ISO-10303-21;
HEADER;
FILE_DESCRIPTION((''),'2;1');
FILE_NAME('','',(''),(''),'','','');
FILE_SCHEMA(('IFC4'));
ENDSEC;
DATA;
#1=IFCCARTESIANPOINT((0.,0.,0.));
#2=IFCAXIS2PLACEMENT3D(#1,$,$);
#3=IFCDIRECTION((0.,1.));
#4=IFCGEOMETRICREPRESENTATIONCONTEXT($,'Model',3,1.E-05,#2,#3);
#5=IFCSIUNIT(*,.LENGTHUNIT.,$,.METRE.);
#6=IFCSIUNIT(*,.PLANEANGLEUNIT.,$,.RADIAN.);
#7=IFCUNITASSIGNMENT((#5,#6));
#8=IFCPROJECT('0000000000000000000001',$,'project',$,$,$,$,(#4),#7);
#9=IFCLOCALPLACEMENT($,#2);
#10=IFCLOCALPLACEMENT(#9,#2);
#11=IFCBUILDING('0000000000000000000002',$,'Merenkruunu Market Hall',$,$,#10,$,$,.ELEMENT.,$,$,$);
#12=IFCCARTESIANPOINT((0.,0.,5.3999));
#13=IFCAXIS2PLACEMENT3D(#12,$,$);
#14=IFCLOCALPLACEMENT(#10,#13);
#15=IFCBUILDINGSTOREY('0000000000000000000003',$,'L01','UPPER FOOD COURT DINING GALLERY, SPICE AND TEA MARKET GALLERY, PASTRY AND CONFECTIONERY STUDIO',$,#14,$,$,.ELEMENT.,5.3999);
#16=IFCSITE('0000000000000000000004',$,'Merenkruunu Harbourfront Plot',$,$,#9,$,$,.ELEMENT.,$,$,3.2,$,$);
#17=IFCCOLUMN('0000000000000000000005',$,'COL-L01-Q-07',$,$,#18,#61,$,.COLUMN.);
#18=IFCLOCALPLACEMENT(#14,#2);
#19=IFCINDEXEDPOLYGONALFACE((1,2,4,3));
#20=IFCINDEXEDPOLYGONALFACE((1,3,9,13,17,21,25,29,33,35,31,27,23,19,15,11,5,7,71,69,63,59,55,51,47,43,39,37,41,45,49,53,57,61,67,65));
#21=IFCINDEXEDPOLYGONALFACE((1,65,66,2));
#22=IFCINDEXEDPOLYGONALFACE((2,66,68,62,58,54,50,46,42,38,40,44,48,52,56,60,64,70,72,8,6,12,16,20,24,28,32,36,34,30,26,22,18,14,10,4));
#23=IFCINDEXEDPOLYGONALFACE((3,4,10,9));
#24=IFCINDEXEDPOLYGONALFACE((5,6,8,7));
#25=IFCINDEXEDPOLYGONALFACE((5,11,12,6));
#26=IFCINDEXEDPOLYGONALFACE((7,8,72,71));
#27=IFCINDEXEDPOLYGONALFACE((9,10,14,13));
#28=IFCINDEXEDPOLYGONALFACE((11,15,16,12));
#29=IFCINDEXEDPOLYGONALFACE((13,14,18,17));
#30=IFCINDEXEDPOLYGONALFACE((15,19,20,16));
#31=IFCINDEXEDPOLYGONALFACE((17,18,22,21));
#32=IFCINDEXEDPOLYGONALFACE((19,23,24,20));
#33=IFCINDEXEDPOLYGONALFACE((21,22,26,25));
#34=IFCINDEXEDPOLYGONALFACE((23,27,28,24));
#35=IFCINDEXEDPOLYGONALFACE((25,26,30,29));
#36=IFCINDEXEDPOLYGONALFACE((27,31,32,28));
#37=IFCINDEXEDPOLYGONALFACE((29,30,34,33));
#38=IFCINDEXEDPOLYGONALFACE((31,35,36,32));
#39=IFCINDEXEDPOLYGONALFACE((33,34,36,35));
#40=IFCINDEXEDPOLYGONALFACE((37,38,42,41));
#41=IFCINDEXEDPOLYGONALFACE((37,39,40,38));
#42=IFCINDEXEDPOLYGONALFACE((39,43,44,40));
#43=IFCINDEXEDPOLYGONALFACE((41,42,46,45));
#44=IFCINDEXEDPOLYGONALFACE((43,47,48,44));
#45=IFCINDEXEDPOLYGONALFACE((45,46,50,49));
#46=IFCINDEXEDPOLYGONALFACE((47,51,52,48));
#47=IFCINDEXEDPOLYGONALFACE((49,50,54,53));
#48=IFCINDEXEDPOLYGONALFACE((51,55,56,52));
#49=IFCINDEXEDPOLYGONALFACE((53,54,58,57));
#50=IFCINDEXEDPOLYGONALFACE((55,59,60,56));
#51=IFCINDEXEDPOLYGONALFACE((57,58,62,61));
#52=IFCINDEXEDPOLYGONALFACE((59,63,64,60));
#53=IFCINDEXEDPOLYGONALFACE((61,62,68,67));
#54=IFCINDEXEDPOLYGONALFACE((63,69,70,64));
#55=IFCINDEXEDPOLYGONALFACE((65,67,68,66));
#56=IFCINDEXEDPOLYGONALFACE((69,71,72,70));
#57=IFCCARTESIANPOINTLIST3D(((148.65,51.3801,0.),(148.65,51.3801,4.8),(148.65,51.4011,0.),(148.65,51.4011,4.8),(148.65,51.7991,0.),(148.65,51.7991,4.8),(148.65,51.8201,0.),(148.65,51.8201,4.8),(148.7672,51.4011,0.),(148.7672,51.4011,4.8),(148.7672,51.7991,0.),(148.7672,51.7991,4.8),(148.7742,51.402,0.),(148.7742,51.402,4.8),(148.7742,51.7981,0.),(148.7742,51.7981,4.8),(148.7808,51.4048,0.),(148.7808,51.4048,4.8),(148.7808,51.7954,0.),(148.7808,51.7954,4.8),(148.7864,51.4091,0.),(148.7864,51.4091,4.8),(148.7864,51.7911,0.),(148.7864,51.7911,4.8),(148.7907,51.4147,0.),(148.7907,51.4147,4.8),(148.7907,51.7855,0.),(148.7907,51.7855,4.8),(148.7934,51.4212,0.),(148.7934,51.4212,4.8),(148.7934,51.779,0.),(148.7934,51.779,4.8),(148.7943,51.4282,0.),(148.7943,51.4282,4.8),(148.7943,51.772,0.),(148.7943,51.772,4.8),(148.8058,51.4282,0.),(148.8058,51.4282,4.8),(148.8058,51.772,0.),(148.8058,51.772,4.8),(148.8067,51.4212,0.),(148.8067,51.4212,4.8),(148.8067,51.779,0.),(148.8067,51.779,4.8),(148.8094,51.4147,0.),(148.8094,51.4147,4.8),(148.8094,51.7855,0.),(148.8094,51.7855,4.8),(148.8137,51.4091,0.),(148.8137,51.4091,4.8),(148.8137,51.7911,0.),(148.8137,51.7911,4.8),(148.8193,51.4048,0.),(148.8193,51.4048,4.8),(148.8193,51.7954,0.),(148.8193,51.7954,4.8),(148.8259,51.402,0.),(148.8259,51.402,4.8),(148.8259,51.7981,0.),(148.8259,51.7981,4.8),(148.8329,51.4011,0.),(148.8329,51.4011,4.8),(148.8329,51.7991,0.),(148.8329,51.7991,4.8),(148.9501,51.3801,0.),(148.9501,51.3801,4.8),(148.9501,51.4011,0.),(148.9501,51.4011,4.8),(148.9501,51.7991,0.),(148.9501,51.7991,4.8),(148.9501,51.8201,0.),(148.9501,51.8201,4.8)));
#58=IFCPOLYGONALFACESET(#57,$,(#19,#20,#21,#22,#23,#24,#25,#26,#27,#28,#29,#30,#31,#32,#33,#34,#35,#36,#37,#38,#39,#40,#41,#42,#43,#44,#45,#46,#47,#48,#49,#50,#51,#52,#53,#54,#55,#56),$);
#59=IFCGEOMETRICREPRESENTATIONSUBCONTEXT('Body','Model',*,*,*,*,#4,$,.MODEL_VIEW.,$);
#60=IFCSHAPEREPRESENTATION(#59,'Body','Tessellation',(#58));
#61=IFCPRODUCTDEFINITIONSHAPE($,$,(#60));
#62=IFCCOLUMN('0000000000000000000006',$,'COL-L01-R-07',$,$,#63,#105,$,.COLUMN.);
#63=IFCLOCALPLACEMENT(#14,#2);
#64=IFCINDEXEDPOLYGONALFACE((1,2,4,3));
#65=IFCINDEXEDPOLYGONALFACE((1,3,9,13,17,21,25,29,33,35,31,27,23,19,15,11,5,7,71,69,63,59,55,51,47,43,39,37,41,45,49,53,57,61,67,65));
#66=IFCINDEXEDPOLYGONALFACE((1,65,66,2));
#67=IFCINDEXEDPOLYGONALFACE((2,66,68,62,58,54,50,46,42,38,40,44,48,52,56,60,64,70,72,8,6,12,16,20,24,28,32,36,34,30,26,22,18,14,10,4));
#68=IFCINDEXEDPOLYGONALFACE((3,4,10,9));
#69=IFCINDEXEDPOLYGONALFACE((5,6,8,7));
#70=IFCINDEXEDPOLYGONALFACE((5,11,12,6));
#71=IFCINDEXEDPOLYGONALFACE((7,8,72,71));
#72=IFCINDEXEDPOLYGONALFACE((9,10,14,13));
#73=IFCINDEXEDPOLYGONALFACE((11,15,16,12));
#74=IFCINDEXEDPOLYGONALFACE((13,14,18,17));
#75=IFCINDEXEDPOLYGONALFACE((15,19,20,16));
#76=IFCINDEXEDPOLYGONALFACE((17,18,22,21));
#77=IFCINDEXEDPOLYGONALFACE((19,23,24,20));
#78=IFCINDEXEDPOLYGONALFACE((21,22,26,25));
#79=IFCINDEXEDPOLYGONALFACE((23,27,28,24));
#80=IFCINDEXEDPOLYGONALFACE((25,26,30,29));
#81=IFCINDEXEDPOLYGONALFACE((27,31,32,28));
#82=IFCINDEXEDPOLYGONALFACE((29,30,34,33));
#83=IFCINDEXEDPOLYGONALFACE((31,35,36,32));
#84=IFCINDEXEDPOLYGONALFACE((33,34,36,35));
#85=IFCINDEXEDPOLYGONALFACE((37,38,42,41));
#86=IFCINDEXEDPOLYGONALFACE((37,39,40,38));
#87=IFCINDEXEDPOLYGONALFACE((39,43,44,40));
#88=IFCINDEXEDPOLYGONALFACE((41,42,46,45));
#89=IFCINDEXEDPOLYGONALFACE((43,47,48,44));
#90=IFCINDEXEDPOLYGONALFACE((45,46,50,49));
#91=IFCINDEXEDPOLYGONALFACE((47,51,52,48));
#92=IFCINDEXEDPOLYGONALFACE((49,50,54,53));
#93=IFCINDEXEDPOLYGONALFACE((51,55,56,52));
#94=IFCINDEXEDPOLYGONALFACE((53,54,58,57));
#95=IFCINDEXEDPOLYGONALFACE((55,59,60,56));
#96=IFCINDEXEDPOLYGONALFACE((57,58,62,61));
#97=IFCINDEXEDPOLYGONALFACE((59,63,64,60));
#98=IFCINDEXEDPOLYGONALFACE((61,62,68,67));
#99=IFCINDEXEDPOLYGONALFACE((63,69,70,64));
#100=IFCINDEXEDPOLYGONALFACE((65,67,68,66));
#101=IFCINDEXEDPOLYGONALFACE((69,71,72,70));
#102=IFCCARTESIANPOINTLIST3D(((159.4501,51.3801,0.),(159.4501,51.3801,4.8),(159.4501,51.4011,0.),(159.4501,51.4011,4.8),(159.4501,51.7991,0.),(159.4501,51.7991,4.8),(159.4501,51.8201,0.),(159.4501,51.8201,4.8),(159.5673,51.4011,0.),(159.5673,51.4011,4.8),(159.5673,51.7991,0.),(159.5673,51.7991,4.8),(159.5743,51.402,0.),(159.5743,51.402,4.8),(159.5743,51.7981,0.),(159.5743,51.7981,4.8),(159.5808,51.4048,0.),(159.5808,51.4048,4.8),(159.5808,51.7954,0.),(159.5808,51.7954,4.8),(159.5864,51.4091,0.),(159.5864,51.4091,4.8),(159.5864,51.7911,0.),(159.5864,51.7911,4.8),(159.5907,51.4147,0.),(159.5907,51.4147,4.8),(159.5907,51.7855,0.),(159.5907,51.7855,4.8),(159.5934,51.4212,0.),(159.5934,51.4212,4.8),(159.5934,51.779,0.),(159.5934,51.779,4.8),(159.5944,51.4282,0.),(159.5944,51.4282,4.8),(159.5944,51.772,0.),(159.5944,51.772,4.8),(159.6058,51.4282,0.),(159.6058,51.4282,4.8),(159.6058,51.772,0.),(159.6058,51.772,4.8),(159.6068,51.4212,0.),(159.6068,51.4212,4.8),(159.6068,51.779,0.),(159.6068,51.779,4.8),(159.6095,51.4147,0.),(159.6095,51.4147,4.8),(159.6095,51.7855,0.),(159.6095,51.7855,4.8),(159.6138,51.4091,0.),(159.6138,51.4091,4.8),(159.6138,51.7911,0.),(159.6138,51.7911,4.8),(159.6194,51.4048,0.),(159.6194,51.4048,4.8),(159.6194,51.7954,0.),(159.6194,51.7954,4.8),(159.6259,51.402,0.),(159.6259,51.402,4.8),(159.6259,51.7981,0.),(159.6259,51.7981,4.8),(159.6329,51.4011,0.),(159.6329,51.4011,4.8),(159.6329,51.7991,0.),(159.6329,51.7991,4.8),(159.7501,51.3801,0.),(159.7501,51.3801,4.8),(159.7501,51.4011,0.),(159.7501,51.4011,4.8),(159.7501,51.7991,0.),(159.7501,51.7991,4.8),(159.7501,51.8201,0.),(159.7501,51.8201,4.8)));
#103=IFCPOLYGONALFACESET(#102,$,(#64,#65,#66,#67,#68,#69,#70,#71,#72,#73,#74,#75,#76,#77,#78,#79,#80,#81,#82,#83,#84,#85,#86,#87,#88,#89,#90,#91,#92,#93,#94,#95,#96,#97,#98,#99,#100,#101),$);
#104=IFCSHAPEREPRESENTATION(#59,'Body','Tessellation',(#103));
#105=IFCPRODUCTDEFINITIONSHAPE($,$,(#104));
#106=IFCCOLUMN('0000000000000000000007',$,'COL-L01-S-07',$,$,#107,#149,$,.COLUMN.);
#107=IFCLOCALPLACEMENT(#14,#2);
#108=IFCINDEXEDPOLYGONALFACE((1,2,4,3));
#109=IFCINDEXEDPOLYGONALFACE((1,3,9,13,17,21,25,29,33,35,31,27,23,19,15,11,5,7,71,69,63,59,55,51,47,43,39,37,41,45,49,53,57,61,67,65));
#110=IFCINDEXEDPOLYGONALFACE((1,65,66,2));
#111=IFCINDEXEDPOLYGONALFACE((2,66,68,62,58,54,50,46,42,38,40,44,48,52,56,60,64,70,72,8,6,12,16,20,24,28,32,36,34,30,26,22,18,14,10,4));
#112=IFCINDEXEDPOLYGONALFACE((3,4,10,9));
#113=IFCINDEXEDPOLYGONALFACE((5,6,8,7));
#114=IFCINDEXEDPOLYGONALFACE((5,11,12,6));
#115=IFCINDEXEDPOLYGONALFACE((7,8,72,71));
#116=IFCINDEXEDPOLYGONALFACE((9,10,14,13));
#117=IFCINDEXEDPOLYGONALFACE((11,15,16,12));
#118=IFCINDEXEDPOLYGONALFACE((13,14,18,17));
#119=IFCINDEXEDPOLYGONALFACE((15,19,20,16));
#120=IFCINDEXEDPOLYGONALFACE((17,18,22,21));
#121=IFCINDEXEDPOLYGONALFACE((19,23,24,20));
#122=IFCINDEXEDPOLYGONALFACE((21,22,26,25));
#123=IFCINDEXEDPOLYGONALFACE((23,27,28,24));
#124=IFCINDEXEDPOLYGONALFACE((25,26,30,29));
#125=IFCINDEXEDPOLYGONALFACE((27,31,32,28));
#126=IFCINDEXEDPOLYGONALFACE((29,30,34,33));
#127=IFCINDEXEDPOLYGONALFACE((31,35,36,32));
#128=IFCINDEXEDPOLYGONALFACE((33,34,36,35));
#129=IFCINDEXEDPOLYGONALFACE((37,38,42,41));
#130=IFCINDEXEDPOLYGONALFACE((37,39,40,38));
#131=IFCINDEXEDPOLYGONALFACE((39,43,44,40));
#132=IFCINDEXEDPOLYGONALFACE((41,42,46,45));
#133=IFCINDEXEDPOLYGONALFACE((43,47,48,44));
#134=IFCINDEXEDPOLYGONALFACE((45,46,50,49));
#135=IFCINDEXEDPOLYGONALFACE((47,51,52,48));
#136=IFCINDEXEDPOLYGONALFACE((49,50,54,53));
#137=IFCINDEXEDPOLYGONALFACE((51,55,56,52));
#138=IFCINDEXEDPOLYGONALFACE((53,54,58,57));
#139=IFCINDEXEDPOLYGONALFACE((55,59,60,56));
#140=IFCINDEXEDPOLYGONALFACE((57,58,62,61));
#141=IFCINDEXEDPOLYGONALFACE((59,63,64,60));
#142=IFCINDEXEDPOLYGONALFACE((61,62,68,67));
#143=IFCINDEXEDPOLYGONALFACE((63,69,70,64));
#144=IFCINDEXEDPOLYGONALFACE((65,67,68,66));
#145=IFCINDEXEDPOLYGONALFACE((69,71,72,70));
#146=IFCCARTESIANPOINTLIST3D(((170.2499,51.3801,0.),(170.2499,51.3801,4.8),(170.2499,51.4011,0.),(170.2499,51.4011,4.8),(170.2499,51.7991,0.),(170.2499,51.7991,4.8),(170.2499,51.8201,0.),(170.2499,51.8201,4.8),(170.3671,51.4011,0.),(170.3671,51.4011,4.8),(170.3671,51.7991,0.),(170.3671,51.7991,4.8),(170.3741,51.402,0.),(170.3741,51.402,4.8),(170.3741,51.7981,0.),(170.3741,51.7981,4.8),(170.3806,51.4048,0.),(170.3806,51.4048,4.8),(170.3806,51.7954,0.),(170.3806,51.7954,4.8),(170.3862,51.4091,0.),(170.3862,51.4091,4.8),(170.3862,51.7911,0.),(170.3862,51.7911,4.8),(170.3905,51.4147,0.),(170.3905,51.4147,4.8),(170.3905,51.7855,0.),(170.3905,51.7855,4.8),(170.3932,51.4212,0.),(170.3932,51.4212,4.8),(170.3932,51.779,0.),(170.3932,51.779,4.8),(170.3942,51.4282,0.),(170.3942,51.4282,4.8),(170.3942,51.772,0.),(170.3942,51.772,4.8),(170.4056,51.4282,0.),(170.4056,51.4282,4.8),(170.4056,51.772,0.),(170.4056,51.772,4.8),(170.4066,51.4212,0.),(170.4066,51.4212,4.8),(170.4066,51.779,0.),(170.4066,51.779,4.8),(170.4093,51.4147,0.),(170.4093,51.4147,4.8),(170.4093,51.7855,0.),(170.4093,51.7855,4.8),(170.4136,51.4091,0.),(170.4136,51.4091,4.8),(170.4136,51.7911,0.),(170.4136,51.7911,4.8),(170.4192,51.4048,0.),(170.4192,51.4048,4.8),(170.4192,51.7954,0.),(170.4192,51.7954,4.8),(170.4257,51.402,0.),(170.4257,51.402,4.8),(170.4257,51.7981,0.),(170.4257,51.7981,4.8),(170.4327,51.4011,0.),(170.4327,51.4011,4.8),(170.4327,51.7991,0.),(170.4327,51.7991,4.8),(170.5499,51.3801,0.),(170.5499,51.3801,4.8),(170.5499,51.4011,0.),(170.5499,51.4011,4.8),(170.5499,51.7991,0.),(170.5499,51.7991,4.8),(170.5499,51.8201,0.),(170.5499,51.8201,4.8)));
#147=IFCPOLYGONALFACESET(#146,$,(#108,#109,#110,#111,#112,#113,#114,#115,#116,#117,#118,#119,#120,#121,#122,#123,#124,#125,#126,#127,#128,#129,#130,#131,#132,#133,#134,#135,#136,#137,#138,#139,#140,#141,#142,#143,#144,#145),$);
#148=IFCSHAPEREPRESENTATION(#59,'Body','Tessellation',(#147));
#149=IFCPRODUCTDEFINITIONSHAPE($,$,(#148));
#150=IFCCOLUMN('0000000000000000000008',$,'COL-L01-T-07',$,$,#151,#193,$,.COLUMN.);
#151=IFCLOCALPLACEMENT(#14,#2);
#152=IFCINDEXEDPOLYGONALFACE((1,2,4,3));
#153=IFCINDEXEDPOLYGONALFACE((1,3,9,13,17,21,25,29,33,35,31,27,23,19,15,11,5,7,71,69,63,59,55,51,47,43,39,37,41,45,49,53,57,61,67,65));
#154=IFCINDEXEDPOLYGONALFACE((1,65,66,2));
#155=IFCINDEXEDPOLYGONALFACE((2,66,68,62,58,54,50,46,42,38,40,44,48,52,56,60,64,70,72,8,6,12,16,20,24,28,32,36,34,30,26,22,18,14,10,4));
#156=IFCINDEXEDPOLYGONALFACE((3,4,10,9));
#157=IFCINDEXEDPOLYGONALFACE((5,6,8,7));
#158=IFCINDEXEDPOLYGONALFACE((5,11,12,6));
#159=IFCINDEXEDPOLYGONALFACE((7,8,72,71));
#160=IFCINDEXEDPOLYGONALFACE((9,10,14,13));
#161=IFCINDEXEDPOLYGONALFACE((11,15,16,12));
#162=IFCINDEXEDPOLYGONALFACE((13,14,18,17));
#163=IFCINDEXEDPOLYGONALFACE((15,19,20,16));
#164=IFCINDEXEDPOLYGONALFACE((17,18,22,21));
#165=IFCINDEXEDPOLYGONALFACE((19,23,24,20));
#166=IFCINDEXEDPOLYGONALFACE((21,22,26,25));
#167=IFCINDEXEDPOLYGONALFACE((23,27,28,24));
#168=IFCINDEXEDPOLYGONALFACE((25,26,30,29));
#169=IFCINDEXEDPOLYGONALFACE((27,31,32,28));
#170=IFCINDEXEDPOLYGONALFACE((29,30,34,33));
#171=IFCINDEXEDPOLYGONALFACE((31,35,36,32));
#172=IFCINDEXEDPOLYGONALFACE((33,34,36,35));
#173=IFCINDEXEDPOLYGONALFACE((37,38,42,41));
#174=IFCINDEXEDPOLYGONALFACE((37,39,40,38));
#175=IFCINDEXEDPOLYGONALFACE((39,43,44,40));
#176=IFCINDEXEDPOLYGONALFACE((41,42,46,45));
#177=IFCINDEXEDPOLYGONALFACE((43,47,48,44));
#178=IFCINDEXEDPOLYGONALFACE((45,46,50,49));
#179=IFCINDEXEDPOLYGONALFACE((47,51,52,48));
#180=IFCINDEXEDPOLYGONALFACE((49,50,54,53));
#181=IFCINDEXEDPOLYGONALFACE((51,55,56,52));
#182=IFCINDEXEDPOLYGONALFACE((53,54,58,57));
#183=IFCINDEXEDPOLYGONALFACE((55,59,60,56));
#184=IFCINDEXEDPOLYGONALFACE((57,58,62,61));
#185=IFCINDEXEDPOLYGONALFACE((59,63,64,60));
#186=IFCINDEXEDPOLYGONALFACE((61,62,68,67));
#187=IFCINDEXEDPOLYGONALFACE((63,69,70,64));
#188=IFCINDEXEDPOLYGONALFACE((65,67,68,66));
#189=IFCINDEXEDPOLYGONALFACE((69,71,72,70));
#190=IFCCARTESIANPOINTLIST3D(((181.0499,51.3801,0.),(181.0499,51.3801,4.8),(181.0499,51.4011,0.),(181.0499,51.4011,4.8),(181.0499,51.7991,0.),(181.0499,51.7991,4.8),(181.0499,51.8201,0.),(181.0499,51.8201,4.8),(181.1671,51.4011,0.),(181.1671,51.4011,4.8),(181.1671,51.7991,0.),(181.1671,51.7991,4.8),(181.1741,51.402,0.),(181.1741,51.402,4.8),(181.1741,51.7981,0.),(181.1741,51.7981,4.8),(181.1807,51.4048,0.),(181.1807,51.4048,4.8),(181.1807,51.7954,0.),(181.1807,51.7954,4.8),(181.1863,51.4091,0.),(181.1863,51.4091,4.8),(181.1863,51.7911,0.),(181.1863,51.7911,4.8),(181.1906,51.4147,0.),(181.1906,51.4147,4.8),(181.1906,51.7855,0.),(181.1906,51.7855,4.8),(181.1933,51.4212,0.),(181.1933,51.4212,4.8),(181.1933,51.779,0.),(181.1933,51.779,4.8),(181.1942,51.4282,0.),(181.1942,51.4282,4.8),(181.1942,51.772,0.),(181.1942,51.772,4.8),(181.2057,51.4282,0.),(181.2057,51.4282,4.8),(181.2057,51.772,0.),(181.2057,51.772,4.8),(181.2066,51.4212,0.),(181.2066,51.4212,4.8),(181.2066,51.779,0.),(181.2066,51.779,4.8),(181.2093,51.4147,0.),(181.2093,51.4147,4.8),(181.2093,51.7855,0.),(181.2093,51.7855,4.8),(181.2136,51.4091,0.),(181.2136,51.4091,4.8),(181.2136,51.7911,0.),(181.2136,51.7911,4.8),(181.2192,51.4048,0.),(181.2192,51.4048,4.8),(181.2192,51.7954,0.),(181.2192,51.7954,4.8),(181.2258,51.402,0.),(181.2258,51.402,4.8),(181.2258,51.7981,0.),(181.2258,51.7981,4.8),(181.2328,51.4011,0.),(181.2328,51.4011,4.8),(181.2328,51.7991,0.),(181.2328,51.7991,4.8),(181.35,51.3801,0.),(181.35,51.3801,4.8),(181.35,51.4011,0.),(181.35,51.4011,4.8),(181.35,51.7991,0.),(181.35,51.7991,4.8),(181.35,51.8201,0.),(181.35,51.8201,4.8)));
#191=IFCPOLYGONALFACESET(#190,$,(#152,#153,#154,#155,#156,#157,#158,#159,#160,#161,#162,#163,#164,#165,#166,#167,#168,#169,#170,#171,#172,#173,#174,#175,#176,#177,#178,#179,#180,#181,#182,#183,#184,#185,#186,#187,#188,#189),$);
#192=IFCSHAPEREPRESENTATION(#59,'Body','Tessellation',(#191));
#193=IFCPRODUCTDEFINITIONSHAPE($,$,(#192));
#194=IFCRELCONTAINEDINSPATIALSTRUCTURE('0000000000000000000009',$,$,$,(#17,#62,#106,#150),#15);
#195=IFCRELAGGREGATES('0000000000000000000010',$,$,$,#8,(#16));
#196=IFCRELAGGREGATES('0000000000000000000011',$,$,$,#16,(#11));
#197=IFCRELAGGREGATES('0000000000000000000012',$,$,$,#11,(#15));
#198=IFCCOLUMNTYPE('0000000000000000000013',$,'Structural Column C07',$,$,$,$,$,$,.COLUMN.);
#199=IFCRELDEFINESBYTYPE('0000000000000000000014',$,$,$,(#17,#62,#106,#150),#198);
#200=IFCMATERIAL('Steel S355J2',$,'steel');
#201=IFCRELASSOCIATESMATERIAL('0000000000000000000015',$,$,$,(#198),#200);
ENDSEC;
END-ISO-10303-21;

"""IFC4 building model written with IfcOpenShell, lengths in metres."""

from ifc_helpers import new_model, si_unit, direction, frame, origin, origin_2d, place, context, subcontext, project, spatial, i_section, extrude, material, material_profile, profile_set, type_object, element, save


model = new_model("IFC4")

# Units and contexts
model_context = context("Model", 3, precision=1e-05, world=origin(), true_north=direction((0.0, 1.0)))
body_context = subcontext(model_context, "Body", "Model", "MODEL_VIEW")
ifc_project = project(units=[si_unit("LENGTHUNIT", "METRE"), si_unit("PLANEANGLEUNIT", "RADIAN")], contexts=[model_context])

# Site, building, storey
site_placement = place(None, origin())
site = spatial("IfcSite", under=ifc_project, at=site_placement, Name="Merenkruunu Harbourfront Plot", CompositionType="ELEMENT", RefElevation=3.2)
building_placement = place(site_placement, origin())
building = spatial("IfcBuilding", under=site, at=building_placement, Name="Merenkruunu Market Hall", CompositionType="ELEMENT")
storey_placement = place(building_placement, frame((0.0, 0.0, 5.3999)))
storey = spatial("IfcBuildingStorey", under=building, at=storey_placement, Name="L01", Description="UPPER FOOD COURT DINING GALLERY, SPICE AND TEA MARKET GALLERY, PASTRY AND CONFECTIONERY STUDIO", CompositionType="ELEMENT", Elevation=5.3999)

# Columns
ifc_material_1 = material(Name="Steel S355J2", Category="steel")
ifc_material_profile_1 = material_profile(ifc_material_1, i_section(OverallWidth=0.3, OverallDepth=0.4399, WebThickness=0.0115, FlangeThickness=0.021, FilletRadius=0.0271, at=origin_2d()), Name="HEA 450")
ifc_profile_set_1 = profile_set([ifc_material_profile_1], Name="Steel S355J2")
column_type = type_object("IfcColumnType", Name="Structural Column C07", PredefinedType="COLUMN", material=ifc_profile_set_1)
for number, where, z_axis, x_axis, name in (
    (1, (148.8, 51.6001, 0.0), (0.0, 0.0, 1.0), (1.0, 0.0, 0.0), "COL-L01-Q-07"),
    (2, (159.6001, 51.6001, 0.0), (0.0, 0.0, 1.0), (1.0, 0.0, 0.0), "COL-L01-R-07"),
    (3, (170.3999, 51.6001, 0.0), (0.0, 0.0, 1.0), (1.0, 0.0, 0.0), "COL-L01-S-07"),
    (4, (181.2, 51.6001, 0.0), (0.0, 0.0, 1.0), (1.0, 0.0, 0.0), "COL-L01-T-07"),
):
    element("IfcColumn", number, at=place(storey_placement, frame(where, z_axis=z_axis, x_axis=x_axis)), inside=storey, type_object=column_type, Name=name, PredefinedType="COLUMN", context=body_context, shape_type="SweptSolid", body=[
        extrude(i_section(OverallWidth=0.3, OverallDepth=0.4399, WebThickness=0.0115, FlangeThickness=0.021, FilletRadius=0.0271, at=origin_2d()), origin(), (0.0, 0.0, 1.0), 4.8),
    ])

save(model, "model.ifc")
